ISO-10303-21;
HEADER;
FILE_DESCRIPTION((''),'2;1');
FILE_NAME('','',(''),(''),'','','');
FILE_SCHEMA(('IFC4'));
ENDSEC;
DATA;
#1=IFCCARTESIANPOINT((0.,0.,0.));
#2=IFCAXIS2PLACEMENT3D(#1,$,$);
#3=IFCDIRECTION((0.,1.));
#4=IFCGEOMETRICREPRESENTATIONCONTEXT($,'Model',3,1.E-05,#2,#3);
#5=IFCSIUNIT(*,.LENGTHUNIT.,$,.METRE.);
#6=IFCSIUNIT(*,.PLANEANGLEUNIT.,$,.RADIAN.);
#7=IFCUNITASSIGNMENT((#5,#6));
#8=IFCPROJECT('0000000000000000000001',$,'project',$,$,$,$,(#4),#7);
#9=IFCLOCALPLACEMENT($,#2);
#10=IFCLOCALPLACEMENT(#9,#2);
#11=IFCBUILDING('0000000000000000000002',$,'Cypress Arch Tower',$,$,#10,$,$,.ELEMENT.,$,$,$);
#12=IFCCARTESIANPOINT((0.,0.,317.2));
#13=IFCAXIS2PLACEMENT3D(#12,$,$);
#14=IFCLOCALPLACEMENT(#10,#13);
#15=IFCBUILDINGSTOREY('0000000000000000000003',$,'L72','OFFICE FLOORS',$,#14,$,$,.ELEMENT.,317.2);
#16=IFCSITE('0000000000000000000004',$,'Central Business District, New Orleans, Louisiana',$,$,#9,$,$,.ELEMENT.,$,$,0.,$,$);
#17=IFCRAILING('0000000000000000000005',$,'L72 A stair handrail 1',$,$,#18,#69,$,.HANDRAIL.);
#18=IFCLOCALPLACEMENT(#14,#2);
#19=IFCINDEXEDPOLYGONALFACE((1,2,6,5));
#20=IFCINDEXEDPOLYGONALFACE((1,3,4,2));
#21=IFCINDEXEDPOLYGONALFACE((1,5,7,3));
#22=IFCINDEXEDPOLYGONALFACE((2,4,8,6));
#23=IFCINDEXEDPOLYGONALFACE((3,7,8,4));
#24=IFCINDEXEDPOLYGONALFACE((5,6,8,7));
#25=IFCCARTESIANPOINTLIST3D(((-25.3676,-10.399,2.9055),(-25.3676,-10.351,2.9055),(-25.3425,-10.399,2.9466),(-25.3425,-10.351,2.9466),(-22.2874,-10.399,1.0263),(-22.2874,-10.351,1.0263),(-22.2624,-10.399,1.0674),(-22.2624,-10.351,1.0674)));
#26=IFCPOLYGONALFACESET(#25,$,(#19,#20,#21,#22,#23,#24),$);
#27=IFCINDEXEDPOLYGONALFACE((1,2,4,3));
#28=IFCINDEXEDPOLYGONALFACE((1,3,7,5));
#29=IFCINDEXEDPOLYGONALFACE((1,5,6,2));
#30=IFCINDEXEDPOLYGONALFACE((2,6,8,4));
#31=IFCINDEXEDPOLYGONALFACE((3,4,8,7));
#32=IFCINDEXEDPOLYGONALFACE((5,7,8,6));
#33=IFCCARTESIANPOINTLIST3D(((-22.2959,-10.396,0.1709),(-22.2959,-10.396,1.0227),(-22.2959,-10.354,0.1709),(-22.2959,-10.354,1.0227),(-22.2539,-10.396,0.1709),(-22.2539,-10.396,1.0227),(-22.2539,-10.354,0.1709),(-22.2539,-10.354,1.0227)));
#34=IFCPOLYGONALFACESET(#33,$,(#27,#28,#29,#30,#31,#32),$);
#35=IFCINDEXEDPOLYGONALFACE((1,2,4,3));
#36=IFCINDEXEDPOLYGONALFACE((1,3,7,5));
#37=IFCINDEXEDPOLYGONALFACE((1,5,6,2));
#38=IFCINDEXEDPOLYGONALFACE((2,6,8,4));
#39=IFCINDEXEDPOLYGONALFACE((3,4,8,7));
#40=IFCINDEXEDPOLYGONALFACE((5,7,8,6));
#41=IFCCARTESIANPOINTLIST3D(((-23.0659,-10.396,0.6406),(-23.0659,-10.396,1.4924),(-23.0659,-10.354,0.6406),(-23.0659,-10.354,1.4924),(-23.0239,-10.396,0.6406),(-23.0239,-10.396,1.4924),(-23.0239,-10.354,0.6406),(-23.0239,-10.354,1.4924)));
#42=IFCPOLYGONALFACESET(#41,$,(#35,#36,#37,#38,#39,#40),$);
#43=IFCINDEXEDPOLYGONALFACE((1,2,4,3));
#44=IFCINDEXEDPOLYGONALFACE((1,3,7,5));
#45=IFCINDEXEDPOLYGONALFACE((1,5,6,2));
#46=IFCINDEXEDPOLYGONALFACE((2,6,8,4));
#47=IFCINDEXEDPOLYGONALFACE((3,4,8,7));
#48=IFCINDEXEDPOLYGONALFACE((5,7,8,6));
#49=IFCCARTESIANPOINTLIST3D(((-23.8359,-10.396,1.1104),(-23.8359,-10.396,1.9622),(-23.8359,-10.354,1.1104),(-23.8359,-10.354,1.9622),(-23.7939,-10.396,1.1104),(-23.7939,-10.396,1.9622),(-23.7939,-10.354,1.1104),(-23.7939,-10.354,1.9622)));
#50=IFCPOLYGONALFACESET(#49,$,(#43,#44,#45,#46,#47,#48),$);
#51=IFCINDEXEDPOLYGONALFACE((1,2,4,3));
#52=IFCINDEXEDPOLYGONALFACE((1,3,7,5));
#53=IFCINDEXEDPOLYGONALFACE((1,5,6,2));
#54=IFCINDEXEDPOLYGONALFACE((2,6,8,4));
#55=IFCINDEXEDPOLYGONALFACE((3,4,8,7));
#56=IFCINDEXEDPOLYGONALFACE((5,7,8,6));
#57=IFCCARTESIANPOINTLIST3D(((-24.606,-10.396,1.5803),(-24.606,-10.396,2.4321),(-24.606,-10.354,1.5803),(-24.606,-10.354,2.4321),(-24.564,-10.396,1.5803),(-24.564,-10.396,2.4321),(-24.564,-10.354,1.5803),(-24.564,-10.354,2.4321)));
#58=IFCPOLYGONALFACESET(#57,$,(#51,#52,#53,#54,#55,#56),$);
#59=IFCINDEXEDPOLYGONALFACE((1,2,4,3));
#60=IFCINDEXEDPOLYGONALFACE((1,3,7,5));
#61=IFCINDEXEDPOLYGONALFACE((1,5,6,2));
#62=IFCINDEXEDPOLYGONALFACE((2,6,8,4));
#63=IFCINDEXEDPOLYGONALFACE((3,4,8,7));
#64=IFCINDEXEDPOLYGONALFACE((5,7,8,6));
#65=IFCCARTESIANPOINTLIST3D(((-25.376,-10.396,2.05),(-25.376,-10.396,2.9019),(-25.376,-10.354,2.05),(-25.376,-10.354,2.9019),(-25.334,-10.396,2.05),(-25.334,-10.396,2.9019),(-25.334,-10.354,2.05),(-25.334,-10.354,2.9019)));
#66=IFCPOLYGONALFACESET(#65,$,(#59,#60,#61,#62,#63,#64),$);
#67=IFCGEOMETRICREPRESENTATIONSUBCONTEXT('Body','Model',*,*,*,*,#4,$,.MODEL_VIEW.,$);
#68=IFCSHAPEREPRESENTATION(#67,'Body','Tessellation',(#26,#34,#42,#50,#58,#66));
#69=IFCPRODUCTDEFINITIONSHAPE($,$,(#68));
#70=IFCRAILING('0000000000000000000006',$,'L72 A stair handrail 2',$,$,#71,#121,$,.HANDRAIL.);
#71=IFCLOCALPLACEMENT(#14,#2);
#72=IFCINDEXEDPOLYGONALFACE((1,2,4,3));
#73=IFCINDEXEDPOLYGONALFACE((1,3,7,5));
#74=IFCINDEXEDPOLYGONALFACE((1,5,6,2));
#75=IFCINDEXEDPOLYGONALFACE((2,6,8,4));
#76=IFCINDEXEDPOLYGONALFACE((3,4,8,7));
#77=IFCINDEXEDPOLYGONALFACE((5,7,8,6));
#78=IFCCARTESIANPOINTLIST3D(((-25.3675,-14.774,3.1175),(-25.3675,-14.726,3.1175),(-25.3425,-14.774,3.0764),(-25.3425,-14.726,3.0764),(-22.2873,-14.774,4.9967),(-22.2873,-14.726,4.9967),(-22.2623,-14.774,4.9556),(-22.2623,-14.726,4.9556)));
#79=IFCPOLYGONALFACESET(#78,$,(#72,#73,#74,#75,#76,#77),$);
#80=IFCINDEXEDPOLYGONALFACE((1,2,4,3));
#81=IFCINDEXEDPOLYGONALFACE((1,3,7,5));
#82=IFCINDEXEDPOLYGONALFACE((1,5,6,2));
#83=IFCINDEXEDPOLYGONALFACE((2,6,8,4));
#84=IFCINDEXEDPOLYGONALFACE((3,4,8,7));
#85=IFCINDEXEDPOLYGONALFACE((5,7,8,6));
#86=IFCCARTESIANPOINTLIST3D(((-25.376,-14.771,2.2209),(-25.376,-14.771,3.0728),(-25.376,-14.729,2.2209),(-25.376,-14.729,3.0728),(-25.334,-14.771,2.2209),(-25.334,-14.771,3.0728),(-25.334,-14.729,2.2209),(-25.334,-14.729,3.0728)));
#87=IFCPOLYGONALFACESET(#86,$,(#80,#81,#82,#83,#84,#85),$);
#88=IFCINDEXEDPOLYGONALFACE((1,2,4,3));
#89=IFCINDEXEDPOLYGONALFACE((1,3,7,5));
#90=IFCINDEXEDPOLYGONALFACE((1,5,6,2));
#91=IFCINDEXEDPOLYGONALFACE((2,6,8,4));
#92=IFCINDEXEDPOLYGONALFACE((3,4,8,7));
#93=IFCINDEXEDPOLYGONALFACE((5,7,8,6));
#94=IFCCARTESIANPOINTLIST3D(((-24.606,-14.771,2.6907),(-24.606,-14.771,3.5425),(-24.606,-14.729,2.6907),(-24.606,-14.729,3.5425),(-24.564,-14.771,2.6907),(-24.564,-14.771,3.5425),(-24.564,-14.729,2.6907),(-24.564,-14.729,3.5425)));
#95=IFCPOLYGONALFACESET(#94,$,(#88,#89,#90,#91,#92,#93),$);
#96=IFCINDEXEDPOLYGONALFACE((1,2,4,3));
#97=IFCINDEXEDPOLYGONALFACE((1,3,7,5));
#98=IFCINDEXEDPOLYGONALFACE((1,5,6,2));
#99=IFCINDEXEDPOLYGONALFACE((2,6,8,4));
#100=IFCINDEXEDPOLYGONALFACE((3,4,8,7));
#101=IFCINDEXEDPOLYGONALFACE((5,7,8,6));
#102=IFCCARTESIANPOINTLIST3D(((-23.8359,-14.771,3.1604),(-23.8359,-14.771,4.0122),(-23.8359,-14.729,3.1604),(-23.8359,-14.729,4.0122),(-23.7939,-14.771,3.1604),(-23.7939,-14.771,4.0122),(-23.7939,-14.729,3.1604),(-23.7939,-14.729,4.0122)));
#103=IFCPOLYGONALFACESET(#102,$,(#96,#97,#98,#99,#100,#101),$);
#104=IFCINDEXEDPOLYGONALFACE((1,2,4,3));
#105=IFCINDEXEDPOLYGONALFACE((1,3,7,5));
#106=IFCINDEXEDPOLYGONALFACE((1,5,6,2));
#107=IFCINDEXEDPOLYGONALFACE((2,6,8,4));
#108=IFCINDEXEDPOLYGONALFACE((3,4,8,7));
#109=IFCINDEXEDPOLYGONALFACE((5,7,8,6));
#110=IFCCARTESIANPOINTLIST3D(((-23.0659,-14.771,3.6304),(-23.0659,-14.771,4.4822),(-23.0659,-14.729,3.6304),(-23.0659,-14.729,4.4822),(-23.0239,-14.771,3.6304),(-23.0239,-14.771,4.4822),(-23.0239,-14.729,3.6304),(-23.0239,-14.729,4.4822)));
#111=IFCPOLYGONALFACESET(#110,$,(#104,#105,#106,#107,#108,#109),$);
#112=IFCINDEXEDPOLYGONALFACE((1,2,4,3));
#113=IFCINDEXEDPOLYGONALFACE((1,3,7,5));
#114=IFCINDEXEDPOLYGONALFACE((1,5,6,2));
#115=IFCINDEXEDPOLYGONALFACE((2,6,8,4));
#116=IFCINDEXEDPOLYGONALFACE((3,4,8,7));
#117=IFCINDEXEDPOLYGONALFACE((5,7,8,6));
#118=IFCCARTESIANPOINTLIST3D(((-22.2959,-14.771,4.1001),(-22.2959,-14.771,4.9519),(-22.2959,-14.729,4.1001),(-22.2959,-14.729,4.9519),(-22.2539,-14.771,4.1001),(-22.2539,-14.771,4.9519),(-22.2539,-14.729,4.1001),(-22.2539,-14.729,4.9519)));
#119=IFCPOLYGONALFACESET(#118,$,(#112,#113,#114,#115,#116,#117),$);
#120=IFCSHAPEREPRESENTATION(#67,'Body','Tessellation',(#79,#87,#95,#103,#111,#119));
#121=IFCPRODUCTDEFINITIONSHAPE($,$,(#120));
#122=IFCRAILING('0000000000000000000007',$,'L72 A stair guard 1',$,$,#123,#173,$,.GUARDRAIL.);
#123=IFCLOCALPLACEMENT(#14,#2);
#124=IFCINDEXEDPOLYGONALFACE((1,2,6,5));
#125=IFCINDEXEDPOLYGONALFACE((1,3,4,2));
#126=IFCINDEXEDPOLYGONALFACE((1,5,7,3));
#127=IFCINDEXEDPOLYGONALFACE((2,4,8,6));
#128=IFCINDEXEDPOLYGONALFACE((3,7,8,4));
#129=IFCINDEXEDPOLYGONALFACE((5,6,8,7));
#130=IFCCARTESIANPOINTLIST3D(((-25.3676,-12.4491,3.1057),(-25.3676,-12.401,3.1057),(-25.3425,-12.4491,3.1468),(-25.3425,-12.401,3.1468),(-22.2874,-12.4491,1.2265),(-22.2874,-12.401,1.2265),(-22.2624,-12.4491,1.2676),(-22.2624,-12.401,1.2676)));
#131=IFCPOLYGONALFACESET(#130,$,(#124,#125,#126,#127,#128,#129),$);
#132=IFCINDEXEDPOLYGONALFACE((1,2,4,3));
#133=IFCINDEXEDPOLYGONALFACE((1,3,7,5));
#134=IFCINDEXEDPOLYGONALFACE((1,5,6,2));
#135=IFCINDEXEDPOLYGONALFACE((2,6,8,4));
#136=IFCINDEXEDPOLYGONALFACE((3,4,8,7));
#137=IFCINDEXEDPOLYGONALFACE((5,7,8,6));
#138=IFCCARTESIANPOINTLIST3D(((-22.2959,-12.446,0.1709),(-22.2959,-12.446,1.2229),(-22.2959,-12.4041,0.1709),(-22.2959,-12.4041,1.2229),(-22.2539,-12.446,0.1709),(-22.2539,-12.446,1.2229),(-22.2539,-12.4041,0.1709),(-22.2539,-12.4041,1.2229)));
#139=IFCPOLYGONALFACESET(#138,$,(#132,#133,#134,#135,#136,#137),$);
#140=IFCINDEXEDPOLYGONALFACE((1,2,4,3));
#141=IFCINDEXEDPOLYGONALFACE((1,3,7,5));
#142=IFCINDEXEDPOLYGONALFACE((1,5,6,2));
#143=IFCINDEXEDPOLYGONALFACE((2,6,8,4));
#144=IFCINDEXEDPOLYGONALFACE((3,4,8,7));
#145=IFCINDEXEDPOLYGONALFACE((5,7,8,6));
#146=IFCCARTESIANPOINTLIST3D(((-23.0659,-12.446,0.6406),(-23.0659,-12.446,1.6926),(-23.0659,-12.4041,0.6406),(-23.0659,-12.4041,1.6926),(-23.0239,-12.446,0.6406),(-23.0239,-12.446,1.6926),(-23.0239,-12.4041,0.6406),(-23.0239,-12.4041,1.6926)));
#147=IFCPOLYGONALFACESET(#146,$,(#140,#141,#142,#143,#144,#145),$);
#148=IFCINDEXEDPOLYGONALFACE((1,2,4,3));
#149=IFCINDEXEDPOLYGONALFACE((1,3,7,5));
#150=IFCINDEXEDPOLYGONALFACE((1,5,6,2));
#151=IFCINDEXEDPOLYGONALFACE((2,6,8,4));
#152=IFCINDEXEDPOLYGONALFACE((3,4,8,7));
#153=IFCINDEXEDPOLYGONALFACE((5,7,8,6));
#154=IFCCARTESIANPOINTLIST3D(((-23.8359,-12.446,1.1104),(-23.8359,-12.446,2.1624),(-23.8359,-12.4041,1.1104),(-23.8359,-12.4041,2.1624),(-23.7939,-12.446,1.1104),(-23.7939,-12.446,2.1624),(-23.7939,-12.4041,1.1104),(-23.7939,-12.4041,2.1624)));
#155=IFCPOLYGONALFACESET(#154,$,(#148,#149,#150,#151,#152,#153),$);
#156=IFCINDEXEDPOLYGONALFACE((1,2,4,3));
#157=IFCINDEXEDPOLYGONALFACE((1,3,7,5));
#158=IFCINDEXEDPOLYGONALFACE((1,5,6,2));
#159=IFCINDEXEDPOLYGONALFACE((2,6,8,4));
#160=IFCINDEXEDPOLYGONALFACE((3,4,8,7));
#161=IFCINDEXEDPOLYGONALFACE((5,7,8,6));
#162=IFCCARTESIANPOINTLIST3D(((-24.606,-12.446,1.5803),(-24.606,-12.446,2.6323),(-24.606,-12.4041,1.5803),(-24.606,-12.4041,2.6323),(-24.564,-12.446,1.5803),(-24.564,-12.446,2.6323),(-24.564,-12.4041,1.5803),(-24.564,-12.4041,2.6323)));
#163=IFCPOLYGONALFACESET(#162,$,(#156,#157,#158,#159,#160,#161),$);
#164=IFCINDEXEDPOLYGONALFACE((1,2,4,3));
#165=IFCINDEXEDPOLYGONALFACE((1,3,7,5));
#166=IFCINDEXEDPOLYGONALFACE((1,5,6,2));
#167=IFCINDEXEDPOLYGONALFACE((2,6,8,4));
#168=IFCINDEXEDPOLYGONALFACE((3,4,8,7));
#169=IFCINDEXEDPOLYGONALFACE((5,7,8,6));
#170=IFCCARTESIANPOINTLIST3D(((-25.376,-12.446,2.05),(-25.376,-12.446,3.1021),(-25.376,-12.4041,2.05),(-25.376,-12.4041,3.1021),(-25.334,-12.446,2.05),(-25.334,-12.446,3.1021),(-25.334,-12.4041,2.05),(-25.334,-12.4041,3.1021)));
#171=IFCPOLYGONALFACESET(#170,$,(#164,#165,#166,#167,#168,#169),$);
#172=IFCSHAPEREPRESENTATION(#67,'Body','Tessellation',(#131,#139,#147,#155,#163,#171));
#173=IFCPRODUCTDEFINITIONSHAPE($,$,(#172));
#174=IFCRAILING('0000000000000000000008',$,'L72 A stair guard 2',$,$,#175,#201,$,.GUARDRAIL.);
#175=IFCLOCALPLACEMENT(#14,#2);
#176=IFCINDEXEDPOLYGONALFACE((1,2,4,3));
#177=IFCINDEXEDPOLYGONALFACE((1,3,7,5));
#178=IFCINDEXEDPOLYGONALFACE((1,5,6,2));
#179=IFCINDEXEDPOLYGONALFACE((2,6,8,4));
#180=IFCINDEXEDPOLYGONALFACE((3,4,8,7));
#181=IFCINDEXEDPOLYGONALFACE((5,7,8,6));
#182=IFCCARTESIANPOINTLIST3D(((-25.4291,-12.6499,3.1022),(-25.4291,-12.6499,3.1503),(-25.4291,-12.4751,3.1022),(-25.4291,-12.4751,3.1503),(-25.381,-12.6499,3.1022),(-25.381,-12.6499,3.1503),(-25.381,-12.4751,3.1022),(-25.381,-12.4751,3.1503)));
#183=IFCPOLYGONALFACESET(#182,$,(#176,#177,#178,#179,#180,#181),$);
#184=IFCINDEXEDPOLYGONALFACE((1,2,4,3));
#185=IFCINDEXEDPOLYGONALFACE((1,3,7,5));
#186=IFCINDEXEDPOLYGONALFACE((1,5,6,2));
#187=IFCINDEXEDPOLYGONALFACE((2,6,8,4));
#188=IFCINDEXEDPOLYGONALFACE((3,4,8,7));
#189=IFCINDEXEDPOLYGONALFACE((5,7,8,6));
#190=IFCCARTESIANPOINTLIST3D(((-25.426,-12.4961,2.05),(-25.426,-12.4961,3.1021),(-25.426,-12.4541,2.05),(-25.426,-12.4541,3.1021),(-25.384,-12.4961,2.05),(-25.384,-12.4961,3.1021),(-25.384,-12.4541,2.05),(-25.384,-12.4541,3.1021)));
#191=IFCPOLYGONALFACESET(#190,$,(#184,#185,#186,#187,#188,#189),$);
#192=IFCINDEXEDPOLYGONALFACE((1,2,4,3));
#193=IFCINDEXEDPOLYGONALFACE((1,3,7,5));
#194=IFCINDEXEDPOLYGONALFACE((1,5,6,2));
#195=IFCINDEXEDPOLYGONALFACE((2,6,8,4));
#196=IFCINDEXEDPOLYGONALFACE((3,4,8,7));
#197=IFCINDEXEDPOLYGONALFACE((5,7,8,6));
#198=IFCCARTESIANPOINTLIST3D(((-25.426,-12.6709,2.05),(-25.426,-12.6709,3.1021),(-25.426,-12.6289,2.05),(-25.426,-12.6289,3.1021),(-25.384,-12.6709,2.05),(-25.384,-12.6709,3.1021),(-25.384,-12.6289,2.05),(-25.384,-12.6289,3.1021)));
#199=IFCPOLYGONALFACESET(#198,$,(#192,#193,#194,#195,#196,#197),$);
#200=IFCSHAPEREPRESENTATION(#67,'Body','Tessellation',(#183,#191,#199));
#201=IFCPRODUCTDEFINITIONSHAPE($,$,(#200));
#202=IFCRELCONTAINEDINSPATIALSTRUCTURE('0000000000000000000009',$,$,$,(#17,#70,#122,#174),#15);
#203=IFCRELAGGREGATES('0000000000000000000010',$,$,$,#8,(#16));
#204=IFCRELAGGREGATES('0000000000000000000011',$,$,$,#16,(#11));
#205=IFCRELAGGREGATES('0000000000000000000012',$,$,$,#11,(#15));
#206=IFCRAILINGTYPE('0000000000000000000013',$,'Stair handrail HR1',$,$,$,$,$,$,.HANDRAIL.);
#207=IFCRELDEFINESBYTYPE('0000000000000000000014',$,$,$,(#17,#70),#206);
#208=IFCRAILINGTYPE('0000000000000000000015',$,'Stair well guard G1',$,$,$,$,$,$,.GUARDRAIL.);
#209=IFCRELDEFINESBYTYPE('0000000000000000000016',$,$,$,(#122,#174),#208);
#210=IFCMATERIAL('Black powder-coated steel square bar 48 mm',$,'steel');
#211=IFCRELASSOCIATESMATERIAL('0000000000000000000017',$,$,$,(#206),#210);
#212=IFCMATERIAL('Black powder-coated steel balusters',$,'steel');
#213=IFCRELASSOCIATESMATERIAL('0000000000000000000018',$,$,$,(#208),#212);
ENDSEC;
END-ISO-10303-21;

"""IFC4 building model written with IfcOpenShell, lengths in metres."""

from ifc_helpers import new_model, si_unit, direction, frame, origin, origin_2d, place, context, subcontext, project, spatial, rectangle, extrude, material, type_object, element, save


model = new_model("IFC4")

# Units and contexts
model_context = context("Model", 3, precision=1e-05, world=origin(), true_north=direction((0.0, 1.0)))
body_context = subcontext(model_context, "Body", "Model", "MODEL_VIEW")
ifc_project = project(units=[si_unit("LENGTHUNIT", "METRE"), si_unit("PLANEANGLEUNIT", "RADIAN")], contexts=[model_context])

# Site, building, storey
site_placement = place(None, origin())
site = spatial("IfcSite", under=ifc_project, at=site_placement, Name="Central Business District, New Orleans, Louisiana", CompositionType="ELEMENT", RefElevation=0.0)
building_placement = place(site_placement, origin())
building = spatial("IfcBuilding", under=site, at=building_placement, Name="Cypress Arch Tower", CompositionType="ELEMENT")
storey_placement = place(building_placement, frame((0.0, 0.0, 317.2)))
storey = spatial("IfcBuildingStorey", under=building, at=storey_placement, Name="L72", Description="OFFICE FLOORS", CompositionType="ELEMENT", Elevation=317.2)

# Railings
ifc_material_1 = material(Name="Black powder-coated steel square bar 48 mm", Category="steel")
railing_type_1 = type_object("IfcRailingType", Name="Stair handrail HR1", PredefinedType="HANDRAIL", material=ifc_material_1)
railing_1_placement = place(storey_placement, frame((-22.2749, -10.375, 0.1709)))
element("IfcRailing", 1, at=railing_1_placement, inside=storey, type_object=railing_type_1, Name="L72 A stair handrail 1", PredefinedType="HANDRAIL", context=body_context, shape_type="SweptSolid", body=[
    extrude(rectangle(XDim=0.0481, YDim=0.0481, at=origin_2d()), frame((0.0, 0.0, 0.876), z_axis=(-0.853666, 0.0, 0.52082), x_axis=(0.0, -1.0, 0.0)), (0.0, 0.0, 1.0), 3.6082),
    extrude(rectangle(XDim=0.042, YDim=0.042, at=origin_2d()), origin(), (0.0, 0.0, 1.0), 0.8518),
    extrude(rectangle(XDim=0.042, YDim=0.042, at=origin_2d()), frame((-0.77, 0.0, 0.4697)), (0.0, 0.0, 1.0), 0.8518),
    extrude(rectangle(XDim=0.042, YDim=0.042, at=origin_2d()), frame((-1.54, 0.0, 0.9395)), (0.0, 0.0, 1.0), 0.8518),
    extrude(rectangle(XDim=0.042, YDim=0.042, at=origin_2d()), frame((-2.3101, 0.0, 1.4094)), (0.0, 0.0, 1.0), 0.8518),
    extrude(rectangle(XDim=0.042, YDim=0.042, at=origin_2d()), frame((-3.0801, 0.0, 1.8792)), (0.0, 0.0, 1.0), 0.8518),
])
railing_2_placement = place(storey_placement, frame((-25.355, -14.75, 2.2209)))
element("IfcRailing", 2, at=railing_2_placement, inside=storey, type_object=railing_type_1, Name="L72 A stair handrail 2", PredefinedType="HANDRAIL", context=body_context, shape_type="SweptSolid", body=[
    extrude(rectangle(XDim=0.0481, YDim=0.0481, at=origin_2d()), frame((0.0, 0.0, 0.876), z_axis=(0.853666, 0.0, 0.52082), x_axis=(0.0, 1.0, 0.0)), (0.0, 0.0, 1.0), 3.6082),
    extrude(rectangle(XDim=0.042, YDim=0.042, at=origin_2d()), origin(), (0.0, 0.0, 1.0), 0.8518),
    extrude(rectangle(XDim=0.042, YDim=0.042, at=origin_2d()), frame((0.77, 0.0, 0.4697)), (0.0, 0.0, 1.0), 0.8518),
    extrude(rectangle(XDim=0.042, YDim=0.042, at=origin_2d()), frame((1.54, 0.0, 0.9395)), (0.0, 0.0, 1.0), 0.8518),
    extrude(rectangle(XDim=0.042, YDim=0.042, at=origin_2d()), frame((2.3101, 0.0, 1.4094)), (0.0, 0.0, 1.0), 0.8518),
    extrude(rectangle(XDim=0.042, YDim=0.042, at=origin_2d()), frame((3.0801, 0.0, 1.8792)), (0.0, 0.0, 1.0), 0.8518),
])
ifc_material_2 = material(Name="Black powder-coated steel balusters", Category="steel")
railing_type_2 = type_object("IfcRailingType", Name="Stair well guard G1", PredefinedType="GUARDRAIL", material=ifc_material_2)
railing_3_placement = place(storey_placement, frame((-22.2749, -12.425, 0.1709)))
element("IfcRailing", 3, at=railing_3_placement, inside=storey, type_object=railing_type_2, Name="L72 A stair guard 1", PredefinedType="GUARDRAIL", context=body_context, shape_type="SweptSolid", body=[
    extrude(rectangle(XDim=0.0481, YDim=0.0481, at=origin_2d()), frame((0.0, 0.0, 1.0762), z_axis=(-0.853666, 0.0, 0.52082), x_axis=(0.0, -1.0, 0.0)), (0.0, 0.0, 1.0), 3.6082),
    extrude(rectangle(XDim=0.042, YDim=0.042, at=origin_2d()), origin(), (0.0, 0.0, 1.0), 1.052),
    extrude(rectangle(XDim=0.042, YDim=0.042, at=origin_2d()), frame((-0.77, 0.0, 0.4697)), (0.0, 0.0, 1.0), 1.052),
    extrude(rectangle(XDim=0.042, YDim=0.042, at=origin_2d()), frame((-1.54, 0.0, 0.9395)), (0.0, 0.0, 1.0), 1.052),
    extrude(rectangle(XDim=0.042, YDim=0.042, at=origin_2d()), frame((-2.3101, 0.0, 1.4094)), (0.0, 0.0, 1.0), 1.052),
    extrude(rectangle(XDim=0.042, YDim=0.042, at=origin_2d()), frame((-3.0801, 0.0, 1.8792)), (0.0, 0.0, 1.0), 1.052),
])
railing_4_placement = place(storey_placement, frame((-25.405, -12.4751, 2.05)))
element("IfcRailing", 4, at=railing_4_placement, inside=storey, type_object=railing_type_2, Name="L72 A stair guard 2", PredefinedType="GUARDRAIL", context=body_context, shape_type="SweptSolid", body=[
    extrude(rectangle(XDim=0.0481, YDim=0.0481, at=origin_2d()), frame((0.0, 0.0, 1.0762), z_axis=(0.0, -1.0, 0.0), x_axis=(1.0, 0.0, 0.0)), (0.0, 0.0, 1.0), 0.1748),
    extrude(rectangle(XDim=0.042, YDim=0.042, at=origin_2d()), origin(), (0.0, 0.0, 1.0), 1.052),
    extrude(rectangle(XDim=0.042, YDim=0.042, at=origin_2d()), frame((0.0, -0.1748, 0.0)), (0.0, 0.0, 1.0), 1.052),
])

save(model, "model.ifc")
